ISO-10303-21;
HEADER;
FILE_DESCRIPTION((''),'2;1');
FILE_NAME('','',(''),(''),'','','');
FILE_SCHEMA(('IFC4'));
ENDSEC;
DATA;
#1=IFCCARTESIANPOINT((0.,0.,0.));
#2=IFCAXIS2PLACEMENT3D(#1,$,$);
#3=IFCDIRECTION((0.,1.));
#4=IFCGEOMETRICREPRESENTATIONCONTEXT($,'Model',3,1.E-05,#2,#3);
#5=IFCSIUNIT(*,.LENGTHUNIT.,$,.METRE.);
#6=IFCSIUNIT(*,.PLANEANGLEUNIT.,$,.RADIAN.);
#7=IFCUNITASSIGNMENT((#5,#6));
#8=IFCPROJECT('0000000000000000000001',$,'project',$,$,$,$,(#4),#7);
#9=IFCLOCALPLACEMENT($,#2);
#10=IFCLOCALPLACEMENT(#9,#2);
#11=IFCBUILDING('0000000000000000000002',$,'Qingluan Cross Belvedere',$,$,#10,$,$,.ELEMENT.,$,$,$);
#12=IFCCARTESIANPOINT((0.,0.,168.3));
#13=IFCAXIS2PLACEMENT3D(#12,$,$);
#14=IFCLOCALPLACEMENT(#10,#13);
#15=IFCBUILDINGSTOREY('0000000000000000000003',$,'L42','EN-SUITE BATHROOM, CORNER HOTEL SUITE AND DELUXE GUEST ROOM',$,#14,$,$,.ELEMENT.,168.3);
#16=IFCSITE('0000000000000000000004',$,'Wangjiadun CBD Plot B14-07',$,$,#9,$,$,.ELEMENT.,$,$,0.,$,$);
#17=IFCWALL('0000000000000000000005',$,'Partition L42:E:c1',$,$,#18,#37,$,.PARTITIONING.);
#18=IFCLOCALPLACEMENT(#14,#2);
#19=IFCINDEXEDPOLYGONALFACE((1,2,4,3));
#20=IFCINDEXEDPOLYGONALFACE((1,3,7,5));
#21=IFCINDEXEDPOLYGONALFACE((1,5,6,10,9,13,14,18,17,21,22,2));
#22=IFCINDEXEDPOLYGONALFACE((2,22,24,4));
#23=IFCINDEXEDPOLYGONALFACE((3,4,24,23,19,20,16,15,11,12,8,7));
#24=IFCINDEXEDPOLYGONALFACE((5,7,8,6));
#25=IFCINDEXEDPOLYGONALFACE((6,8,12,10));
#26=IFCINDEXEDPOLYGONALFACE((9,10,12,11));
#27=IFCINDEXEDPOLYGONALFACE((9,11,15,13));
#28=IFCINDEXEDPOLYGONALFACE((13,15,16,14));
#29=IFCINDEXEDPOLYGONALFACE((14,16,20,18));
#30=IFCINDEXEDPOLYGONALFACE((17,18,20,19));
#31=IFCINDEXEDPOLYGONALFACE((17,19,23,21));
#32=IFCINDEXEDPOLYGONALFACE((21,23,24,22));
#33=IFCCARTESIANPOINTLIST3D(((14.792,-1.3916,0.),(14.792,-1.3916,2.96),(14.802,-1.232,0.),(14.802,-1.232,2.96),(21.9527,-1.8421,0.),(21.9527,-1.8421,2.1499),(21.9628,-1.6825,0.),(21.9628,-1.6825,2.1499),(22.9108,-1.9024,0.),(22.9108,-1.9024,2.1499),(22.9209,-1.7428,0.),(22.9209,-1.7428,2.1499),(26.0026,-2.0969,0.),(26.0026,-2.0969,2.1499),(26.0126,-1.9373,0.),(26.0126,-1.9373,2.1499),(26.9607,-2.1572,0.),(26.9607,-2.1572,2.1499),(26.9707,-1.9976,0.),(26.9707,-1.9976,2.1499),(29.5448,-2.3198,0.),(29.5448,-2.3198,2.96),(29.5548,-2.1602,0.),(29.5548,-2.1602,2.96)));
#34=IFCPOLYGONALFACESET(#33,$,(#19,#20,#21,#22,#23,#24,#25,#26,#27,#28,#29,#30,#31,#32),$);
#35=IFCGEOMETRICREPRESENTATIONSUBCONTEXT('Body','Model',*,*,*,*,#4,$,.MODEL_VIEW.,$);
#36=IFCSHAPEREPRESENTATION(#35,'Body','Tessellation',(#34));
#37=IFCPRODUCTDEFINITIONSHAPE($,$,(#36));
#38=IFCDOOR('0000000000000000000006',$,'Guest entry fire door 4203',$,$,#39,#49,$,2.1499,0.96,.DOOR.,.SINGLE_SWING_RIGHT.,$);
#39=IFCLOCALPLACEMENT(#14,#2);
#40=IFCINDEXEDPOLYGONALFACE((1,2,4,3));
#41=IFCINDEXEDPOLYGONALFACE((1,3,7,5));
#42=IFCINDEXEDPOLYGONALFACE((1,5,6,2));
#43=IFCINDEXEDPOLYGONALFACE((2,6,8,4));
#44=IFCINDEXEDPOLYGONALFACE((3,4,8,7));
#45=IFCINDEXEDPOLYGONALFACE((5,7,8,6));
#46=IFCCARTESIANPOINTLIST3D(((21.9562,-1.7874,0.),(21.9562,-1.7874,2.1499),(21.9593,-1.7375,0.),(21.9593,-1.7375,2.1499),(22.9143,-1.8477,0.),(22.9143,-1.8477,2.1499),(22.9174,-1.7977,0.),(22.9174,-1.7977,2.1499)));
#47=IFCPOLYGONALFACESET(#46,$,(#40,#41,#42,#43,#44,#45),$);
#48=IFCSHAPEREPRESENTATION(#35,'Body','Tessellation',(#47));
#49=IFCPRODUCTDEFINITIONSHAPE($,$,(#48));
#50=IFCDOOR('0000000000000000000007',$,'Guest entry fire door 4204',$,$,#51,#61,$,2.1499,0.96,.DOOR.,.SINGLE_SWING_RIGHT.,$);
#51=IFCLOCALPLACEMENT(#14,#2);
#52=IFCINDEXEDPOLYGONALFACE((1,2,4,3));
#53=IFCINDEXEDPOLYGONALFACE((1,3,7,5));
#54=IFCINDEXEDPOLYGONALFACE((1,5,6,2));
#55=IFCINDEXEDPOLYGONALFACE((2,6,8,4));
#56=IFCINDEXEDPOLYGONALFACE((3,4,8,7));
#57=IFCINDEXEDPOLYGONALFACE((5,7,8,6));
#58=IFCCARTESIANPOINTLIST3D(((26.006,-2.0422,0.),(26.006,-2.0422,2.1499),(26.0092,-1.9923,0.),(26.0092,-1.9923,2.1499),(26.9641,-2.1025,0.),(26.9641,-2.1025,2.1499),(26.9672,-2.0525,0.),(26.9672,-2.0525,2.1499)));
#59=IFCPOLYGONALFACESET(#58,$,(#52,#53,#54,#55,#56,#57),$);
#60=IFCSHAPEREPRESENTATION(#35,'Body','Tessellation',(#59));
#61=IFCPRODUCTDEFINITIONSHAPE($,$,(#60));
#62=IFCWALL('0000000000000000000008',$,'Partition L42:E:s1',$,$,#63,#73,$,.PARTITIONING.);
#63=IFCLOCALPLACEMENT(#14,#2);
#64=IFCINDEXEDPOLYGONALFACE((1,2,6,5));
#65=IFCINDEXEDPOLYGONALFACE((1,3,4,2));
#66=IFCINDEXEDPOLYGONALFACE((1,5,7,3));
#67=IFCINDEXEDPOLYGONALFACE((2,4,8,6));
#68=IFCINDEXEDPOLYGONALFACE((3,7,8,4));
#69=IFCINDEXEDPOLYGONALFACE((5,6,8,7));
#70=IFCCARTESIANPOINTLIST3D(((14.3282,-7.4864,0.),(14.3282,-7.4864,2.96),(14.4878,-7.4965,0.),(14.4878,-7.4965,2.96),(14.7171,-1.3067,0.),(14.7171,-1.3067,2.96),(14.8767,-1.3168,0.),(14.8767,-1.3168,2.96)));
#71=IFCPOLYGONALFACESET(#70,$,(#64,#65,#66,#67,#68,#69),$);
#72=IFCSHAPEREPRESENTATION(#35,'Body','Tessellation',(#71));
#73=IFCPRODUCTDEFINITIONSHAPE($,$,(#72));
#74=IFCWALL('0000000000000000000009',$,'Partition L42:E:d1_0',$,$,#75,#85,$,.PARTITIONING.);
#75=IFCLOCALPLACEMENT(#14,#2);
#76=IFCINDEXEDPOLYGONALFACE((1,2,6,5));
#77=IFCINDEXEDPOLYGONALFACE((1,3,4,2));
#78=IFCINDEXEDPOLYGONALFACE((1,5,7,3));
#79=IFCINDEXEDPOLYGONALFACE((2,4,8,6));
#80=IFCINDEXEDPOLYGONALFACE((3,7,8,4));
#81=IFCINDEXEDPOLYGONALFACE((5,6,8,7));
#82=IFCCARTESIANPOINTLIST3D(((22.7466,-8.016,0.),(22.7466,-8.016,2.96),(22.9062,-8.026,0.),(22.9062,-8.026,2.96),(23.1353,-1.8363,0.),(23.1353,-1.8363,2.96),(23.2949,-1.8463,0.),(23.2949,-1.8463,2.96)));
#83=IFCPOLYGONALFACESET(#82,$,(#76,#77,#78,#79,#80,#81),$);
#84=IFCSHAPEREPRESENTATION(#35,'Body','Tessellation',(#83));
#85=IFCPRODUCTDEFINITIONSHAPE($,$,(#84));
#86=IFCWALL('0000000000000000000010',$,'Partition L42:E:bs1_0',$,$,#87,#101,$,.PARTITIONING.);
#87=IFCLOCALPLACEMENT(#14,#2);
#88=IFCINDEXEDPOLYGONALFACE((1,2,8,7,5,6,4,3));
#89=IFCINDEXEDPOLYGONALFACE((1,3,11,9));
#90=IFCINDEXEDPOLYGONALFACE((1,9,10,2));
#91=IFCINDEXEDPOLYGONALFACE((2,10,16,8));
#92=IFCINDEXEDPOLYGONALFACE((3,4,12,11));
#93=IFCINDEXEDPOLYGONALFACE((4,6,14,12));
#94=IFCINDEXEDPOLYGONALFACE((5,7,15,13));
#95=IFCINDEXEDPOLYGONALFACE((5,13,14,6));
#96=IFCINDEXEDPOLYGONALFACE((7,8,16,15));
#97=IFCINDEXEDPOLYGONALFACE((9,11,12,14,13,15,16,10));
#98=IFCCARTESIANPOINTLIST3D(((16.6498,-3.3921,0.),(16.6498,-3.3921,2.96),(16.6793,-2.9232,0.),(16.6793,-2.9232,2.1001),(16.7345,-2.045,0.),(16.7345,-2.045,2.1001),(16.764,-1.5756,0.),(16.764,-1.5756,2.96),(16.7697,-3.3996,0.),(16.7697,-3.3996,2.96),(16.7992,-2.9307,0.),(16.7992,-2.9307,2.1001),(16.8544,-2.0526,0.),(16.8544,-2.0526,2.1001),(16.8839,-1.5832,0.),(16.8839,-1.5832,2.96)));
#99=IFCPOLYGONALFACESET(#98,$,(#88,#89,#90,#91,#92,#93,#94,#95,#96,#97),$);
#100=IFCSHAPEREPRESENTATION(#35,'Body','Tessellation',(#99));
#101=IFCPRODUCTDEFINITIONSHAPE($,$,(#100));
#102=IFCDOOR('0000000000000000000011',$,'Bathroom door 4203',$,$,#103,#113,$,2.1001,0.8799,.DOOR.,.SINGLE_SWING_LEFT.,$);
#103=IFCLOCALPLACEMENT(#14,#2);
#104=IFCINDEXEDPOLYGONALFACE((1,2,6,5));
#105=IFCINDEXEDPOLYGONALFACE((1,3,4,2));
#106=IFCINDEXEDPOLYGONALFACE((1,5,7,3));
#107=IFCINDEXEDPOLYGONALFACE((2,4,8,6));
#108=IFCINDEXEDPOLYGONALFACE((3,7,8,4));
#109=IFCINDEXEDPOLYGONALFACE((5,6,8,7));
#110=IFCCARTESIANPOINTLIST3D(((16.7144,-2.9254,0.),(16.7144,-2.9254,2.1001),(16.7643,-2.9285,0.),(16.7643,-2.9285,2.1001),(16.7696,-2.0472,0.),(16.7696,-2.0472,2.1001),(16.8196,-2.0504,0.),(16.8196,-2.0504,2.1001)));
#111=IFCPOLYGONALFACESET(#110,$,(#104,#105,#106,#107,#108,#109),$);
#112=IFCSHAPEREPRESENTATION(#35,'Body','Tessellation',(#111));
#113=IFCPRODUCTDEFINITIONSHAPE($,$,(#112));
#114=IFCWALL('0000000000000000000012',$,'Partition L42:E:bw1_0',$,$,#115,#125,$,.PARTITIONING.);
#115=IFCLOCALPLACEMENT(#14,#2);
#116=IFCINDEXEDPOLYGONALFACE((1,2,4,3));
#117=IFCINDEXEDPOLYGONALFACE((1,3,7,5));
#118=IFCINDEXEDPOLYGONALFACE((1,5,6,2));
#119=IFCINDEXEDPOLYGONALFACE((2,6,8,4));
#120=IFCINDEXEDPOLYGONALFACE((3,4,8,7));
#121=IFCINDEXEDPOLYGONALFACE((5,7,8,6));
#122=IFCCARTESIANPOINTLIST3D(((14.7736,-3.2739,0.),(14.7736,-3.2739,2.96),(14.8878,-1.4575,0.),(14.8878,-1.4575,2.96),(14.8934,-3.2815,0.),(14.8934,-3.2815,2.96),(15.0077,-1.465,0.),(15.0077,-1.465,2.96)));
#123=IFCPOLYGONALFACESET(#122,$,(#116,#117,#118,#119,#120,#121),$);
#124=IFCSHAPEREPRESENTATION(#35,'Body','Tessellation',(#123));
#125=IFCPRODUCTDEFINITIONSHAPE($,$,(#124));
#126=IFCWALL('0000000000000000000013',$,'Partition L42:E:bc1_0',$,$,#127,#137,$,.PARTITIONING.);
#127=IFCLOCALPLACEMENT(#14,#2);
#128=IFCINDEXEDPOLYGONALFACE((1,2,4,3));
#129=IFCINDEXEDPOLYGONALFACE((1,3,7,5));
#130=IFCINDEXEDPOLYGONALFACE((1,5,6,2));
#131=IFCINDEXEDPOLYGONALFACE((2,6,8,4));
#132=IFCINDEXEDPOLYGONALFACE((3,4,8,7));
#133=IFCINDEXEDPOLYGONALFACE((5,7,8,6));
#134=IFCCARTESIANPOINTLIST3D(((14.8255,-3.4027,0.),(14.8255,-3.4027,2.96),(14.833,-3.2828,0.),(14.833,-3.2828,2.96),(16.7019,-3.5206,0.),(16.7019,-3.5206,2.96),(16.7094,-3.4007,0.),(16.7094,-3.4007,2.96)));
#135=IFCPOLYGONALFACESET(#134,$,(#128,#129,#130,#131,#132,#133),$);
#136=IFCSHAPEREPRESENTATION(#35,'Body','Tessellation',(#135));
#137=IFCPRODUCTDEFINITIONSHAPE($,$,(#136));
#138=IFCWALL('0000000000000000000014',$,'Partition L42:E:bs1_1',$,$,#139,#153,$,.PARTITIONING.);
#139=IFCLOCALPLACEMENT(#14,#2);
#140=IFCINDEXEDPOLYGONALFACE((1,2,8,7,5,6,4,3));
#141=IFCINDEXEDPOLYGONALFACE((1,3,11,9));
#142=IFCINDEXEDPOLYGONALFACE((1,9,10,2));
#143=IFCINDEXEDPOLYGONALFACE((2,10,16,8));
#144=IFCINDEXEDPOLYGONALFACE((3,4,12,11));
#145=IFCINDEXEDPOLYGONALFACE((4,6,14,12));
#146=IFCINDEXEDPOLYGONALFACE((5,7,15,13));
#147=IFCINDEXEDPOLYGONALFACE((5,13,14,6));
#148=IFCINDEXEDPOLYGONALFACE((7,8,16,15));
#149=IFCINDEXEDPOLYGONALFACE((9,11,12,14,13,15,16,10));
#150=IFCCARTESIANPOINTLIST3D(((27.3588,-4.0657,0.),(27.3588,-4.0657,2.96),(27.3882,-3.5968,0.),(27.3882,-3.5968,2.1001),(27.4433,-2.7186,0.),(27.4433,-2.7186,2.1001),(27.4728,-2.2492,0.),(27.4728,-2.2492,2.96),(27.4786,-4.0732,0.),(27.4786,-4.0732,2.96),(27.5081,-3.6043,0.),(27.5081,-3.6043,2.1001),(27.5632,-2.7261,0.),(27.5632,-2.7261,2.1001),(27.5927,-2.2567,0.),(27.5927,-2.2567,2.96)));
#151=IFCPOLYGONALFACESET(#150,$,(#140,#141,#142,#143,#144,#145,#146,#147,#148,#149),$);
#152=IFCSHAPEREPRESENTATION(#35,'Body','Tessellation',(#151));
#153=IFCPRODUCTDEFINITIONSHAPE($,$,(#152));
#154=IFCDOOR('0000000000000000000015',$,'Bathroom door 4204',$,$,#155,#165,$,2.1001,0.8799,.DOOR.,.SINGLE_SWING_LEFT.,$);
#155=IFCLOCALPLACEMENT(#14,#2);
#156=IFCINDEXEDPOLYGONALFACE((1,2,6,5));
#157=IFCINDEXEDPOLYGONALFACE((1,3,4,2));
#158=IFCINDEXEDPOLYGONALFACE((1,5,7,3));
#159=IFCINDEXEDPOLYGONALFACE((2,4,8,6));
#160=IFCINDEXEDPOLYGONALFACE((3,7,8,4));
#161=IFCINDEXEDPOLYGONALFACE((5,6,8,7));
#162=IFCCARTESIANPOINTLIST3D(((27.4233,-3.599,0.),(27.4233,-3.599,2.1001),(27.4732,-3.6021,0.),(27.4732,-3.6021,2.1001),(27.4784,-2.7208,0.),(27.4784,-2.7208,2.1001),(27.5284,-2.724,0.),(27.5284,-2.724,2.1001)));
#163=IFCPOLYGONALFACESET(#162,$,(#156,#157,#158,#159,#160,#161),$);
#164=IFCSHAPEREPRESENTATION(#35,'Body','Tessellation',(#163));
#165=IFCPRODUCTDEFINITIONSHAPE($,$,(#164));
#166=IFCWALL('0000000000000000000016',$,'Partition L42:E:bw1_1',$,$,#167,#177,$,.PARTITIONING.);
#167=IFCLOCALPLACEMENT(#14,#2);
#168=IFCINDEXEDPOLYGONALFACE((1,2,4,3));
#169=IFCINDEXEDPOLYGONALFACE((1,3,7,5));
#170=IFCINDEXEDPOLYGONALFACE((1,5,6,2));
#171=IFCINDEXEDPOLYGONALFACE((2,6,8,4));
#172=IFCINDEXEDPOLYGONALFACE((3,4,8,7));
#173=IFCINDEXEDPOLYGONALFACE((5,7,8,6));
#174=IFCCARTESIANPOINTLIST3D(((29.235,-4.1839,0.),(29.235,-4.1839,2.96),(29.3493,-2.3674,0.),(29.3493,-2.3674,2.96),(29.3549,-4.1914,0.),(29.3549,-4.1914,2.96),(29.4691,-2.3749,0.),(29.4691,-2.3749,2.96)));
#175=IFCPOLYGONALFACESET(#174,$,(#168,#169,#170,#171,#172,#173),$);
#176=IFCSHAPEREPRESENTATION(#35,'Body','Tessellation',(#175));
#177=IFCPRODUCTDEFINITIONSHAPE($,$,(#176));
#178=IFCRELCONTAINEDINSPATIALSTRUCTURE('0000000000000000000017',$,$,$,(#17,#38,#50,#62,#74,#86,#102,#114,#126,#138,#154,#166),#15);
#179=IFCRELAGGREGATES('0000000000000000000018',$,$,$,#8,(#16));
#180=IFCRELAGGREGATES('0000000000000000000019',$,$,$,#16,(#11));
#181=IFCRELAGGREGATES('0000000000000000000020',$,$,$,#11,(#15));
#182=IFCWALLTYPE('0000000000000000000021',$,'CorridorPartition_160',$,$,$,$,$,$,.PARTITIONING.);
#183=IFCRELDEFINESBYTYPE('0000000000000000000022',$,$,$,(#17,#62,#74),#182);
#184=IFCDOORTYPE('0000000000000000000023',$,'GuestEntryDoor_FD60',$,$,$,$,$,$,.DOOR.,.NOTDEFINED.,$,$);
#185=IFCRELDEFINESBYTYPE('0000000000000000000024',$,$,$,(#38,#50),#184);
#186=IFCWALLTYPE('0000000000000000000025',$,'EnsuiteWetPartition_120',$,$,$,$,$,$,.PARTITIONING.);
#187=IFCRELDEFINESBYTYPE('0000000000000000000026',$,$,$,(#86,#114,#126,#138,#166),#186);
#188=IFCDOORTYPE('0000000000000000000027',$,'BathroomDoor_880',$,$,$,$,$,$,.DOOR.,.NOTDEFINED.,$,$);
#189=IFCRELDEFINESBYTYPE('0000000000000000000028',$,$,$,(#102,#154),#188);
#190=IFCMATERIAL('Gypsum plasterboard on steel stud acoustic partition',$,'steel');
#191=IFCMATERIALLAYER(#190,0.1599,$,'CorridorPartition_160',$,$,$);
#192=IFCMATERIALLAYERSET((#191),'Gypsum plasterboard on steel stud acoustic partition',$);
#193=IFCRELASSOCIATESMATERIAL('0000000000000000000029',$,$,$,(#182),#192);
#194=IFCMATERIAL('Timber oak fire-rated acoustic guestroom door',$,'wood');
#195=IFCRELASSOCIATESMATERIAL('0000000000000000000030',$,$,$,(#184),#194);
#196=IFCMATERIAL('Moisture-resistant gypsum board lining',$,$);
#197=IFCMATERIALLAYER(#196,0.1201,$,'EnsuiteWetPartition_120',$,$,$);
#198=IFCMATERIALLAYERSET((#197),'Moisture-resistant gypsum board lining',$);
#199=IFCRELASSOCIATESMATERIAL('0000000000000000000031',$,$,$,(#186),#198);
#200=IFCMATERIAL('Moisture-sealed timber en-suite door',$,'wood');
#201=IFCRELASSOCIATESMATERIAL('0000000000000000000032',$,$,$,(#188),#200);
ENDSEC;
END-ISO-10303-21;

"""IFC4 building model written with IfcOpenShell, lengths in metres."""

from ifc_helpers import new_model, si_unit, direction, frame, frame_2d, origin, place, context, subcontext, project, spatial, rectangle, extrude, material, layer, layer_set, type_object, element, fill, save


model = new_model("IFC4")

# Units and contexts
model_context = context("Model", 3, precision=1e-05, world=origin(), true_north=direction((0.0, 1.0)))
body_context = subcontext(model_context, "Body", "Model", "MODEL_VIEW")
ifc_project = project(units=[si_unit("LENGTHUNIT", "METRE"), si_unit("PLANEANGLEUNIT", "RADIAN")], contexts=[model_context])

# Site, building, storey
site_placement = place(None, origin())
site = spatial("IfcSite", under=ifc_project, at=site_placement, Name="Wangjiadun CBD Plot B14-07", CompositionType="ELEMENT", RefElevation=0.0)
building_placement = place(site_placement, origin())
building = spatial("IfcBuilding", under=site, at=building_placement, Name="Qingluan Cross Belvedere", CompositionType="ELEMENT")
storey_placement = place(building_placement, frame((0.0, 0.0, 168.3)))
storey = spatial("IfcBuildingStorey", under=building, at=storey_placement, Name="L42", Description="EN-SUITE BATHROOM, CORNER HOTEL SUITE AND DELUXE GUEST ROOM", CompositionType="ELEMENT", Elevation=168.3)

# Shared definitions
ifc_material_1 = material(Name="Gypsum plasterboard on steel stud acoustic partition", Category="steel")
ifc_layer_1 = layer(ifc_material_1, 0.1599, Name="CorridorPartition_160")
ifc_layer_set_1 = layer_set([ifc_layer_1], Name="Gypsum plasterboard on steel stud acoustic partition")
wall_type_1 = type_object("IfcWallType", Name="CorridorPartition_160", PredefinedType="PARTITIONING", material=ifc_layer_set_1)

# Wall, openings, doors
wall_1_placement = place(storey_placement, frame((14.7969, -1.3118, 0.0), z_axis=(0.0, 0.0, 1.0), x_axis=(0.998027, -0.062794, 0.0)))
wall_1 = element("IfcWall", 1, at=wall_1_placement, inside=storey, type_object=wall_type_1, Name="Partition L42:E:c1", PredefinedType="PARTITIONING", context=body_context, shape_type="SweptSolid", body=[
    extrude(rectangle(XDim=14.782, YDim=0.1599, at=frame_2d((7.3911, 0.0))), origin(), (0.0, 0.0, 1.0), 2.96),
])
opening_1_placement = place(wall_1_placement, frame((7.175, 0.0, 0.0)))
opening_1 = element("IfcOpeningElement", 2, at=opening_1_placement, cuts=wall_1, PredefinedType="OPENING", context=body_context, shape_type="SweptSolid", body=[
    extrude(rectangle(XDim=0.96, YDim=2.1499, at=frame_2d((0.48, 1.075))), frame((0.0, 0.0898, 0.0), z_axis=(0.0, -1.0, 0.0), x_axis=(1.0, 0.0, 0.0)), (0.0, 0.0, 1.0), 0.1799),
])
opening_2_placement = place(wall_1_placement, frame((11.2329, 0.0, 0.0)))
opening_2 = element("IfcOpeningElement", 3, at=opening_2_placement, cuts=wall_1, PredefinedType="OPENING", context=body_context, shape_type="SweptSolid", body=[
    extrude(rectangle(XDim=0.96, YDim=2.1499, at=frame_2d((0.48, 1.075))), frame((0.0, 0.0898, 0.0), z_axis=(0.0, -1.0, 0.0), x_axis=(1.0, 0.0, 0.0)), (0.0, 0.0, 1.0), 0.1799),
])
ifc_material_2 = material(Name="Timber oak fire-rated acoustic guestroom door", Category="wood")
door_type_1 = type_object("IfcDoorType", Name="GuestEntryDoor_FD60", OperationType="NOTDEFINED", PredefinedType="DOOR", material=ifc_material_2)
door_1_placement = place(opening_1_placement, origin())
door_1 = element("IfcDoor", 4, at=door_1_placement, inside=storey, type_object=door_type_1, Name="Guest entry fire door 4203", OperationType="SINGLE_SWING_RIGHT", OverallHeight=2.1499, OverallWidth=0.96, PredefinedType="DOOR", context=body_context, shape_type="SweptSolid", body=[
    extrude(rectangle(XDim=0.96, YDim=2.1499, at=frame_2d((0.48, 1.075))), frame((0.0, 0.0249, 0.0), z_axis=(0.0, -1.0, 0.0), x_axis=(1.0, 0.0, 0.0)), (0.0, 0.0, 1.0), 0.05),
])
fill(opening_1, door_1)
door_2_placement = place(opening_2_placement, origin())
door_2 = element("IfcDoor", 5, at=door_2_placement, inside=storey, type_object=door_type_1, Name="Guest entry fire door 4204", OperationType="SINGLE_SWING_RIGHT", OverallHeight=2.1499, OverallWidth=0.96, PredefinedType="DOOR", context=body_context, shape_type="SweptSolid", body=[
    extrude(rectangle(XDim=0.96, YDim=2.1499, at=frame_2d((0.48, 1.075))), frame((0.0, 0.0249, 0.0), z_axis=(0.0, -1.0, 0.0), x_axis=(1.0, 0.0, 0.0)), (0.0, 0.0, 1.0), 0.05),
])
fill(opening_2, door_2)

# Walls
for number, where, z_axis, x_axis, name in (
    (6, (14.7969, -1.3118, 0.0), (0.0, 0.0, 1.0), (-0.06281, -0.998025, 0.0), "Partition L42:E:s1"),
    (7, (23.2151, -1.8413, 0.0), (0.0, 0.0, 1.0), (-0.062771, -0.998028, 0.0), "Partition L42:E:d1_0"),
):
    element("IfcWall", number, at=place(storey_placement, frame(where, z_axis=z_axis, x_axis=x_axis)), inside=storey, type_object=wall_type_1, Name=name, PredefinedType="PARTITIONING", context=body_context, shape_type="SweptSolid", body=[
        extrude(rectangle(XDim=6.1919, YDim=0.1599, at=frame_2d((3.0959, 0.0))), origin(), (0.0, 0.0, 1.0), 2.96),
    ])

# Wall, opening, door
ifc_material_3 = material(Name="Moisture-resistant gypsum board lining")
ifc_layer_2 = layer(ifc_material_3, 0.1201, Name="EnsuiteWetPartition_120")
ifc_layer_set_2 = layer_set([ifc_layer_2], Name="Moisture-resistant gypsum board lining")
wall_type_2 = type_object("IfcWallType", Name="EnsuiteWetPartition_120", PredefinedType="PARTITIONING", material=ifc_layer_set_2)
wall_2_placement = place(storey_placement, frame((16.7097, -3.396, 0.0), z_axis=(0.0, 0.0, 1.0), x_axis=(0.062779, 0.998027, 0.0)))
wall_2 = element("IfcWall", 8, at=wall_2_placement, inside=storey, type_object=wall_type_2, Name="Partition L42:E:bs1_0", PredefinedType="PARTITIONING", context=body_context, shape_type="SweptSolid", body=[
    extrude(rectangle(XDim=1.8201, YDim=0.1201, at=frame_2d((0.9102, 0.0))), origin(), (0.0, 0.0, 1.0), 2.96),
])
opening_3_placement = place(wall_2_placement, frame((0.47, 0.0, 0.0)))
opening_3 = element("IfcOpeningElement", 9, at=opening_3_placement, cuts=wall_2, PredefinedType="OPENING", context=body_context, shape_type="SweptSolid", body=[
    extrude(rectangle(XDim=0.8799, YDim=2.1001, at=frame_2d((0.4399, 1.05))), frame((0.0, 0.0701, 0.0), z_axis=(0.0, -1.0, 0.0), x_axis=(1.0, 0.0, 0.0)), (0.0, 0.0, 1.0), 0.1401),
])
ifc_material_4 = material(Name="Moisture-sealed timber en-suite door", Category="wood")
door_type_2 = type_object("IfcDoorType", Name="BathroomDoor_880", OperationType="NOTDEFINED", PredefinedType="DOOR", material=ifc_material_4)
door_3_placement = place(opening_3_placement, origin())
door_3 = element("IfcDoor", 10, at=door_3_placement, inside=storey, type_object=door_type_2, Name="Bathroom door 4203", OperationType="SINGLE_SWING_LEFT", OverallHeight=2.1001, OverallWidth=0.8799, PredefinedType="DOOR", context=body_context, shape_type="SweptSolid", body=[
    extrude(rectangle(XDim=0.8799, YDim=2.1001, at=frame_2d((0.4399, 1.05))), frame((0.0, 0.0249, 0.0), z_axis=(0.0, -1.0, 0.0), x_axis=(1.0, 0.0, 0.0)), (0.0, 0.0, 1.0), 0.05),
])
fill(opening_3, door_3)

# Walls
wall_3_placement = place(storey_placement, frame((14.8335, -3.2778, 0.0), z_axis=(0.0, 0.0, 1.0), x_axis=(0.062779, 0.998027, 0.0)))
element("IfcWall", 11, at=wall_3_placement, inside=storey, type_object=wall_type_2, Name="Partition L42:E:bw1_0", PredefinedType="PARTITIONING", context=body_context, shape_type="SweptSolid", body=[
    extrude(rectangle(XDim=1.8201, YDim=0.1201, at=frame_2d((0.9102, 0.0))), origin(), (0.0, 0.0, 1.0), 2.96),
])
wall_4_placement = place(storey_placement, frame((14.8293, -3.3428, 0.0), z_axis=(0.0, 0.0, 1.0), x_axis=(0.998031, -0.062718, 0.0)))
element("IfcWall", 12, at=wall_4_placement, inside=storey, type_object=wall_type_2, Name="Partition L42:E:bc1_0", PredefinedType="PARTITIONING", context=body_context, shape_type="SweptSolid", body=[
    extrude(rectangle(XDim=1.8801, YDim=0.1201, at=frame_2d((0.9399, 0.0))), origin(), (0.0, 0.0, 1.0), 2.96),
])

# Wall, opening, door
wall_5_placement = place(storey_placement, frame((27.4187, -4.0696, 0.0), z_axis=(0.0, 0.0, 1.0), x_axis=(0.062646, 0.998036, 0.0)))
wall_5 = element("IfcWall", 13, at=wall_5_placement, inside=storey, type_object=wall_type_2, Name="Partition L42:E:bs1_1", PredefinedType="PARTITIONING", context=body_context, shape_type="SweptSolid", body=[
    extrude(rectangle(XDim=1.8201, YDim=0.1201, at=frame_2d((0.9102, 0.0))), origin(), (0.0, 0.0, 1.0), 2.96),
])
opening_4_placement = place(wall_5_placement, frame((0.47, 0.0, 0.0)))
opening_4 = element("IfcOpeningElement", 14, at=opening_4_placement, cuts=wall_5, PredefinedType="OPENING", context=body_context, shape_type="SweptSolid", body=[
    extrude(rectangle(XDim=0.8799, YDim=2.1001, at=frame_2d((0.4399, 1.05))), frame((0.0, 0.0701, 0.0), z_axis=(0.0, -1.0, 0.0), x_axis=(1.0, 0.0, 0.0)), (0.0, 0.0, 1.0), 0.1401),
])
door_4_placement = place(opening_4_placement, origin())
door_4 = element("IfcDoor", 15, at=door_4_placement, inside=storey, type_object=door_type_2, Name="Bathroom door 4204", OperationType="SINGLE_SWING_LEFT", OverallHeight=2.1001, OverallWidth=0.8799, PredefinedType="DOOR", context=body_context, shape_type="SweptSolid", body=[
    extrude(rectangle(XDim=0.8799, YDim=2.1001, at=frame_2d((0.4399, 1.05))), frame((0.0, 0.0249, 0.0), z_axis=(0.0, -1.0, 0.0), x_axis=(1.0, 0.0, 0.0)), (0.0, 0.0, 1.0), 0.05),
])
fill(opening_4, door_4)

# Wall
wall_6_placement = place(storey_placement, frame((29.2949, -4.1877, 0.0), z_axis=(0.0, 0.0, 1.0), x_axis=(0.062779, 0.998027, 0.0)))
element("IfcWall", 16, at=wall_6_placement, inside=storey, type_object=wall_type_2, Name="Partition L42:E:bw1_1", PredefinedType="PARTITIONING", context=body_context, shape_type="SweptSolid", body=[
    extrude(rectangle(XDim=1.8201, YDim=0.1201, at=frame_2d((0.9102, 0.0))), origin(), (0.0, 0.0, 1.0), 2.96),
])

save(model, "model.ifc")
